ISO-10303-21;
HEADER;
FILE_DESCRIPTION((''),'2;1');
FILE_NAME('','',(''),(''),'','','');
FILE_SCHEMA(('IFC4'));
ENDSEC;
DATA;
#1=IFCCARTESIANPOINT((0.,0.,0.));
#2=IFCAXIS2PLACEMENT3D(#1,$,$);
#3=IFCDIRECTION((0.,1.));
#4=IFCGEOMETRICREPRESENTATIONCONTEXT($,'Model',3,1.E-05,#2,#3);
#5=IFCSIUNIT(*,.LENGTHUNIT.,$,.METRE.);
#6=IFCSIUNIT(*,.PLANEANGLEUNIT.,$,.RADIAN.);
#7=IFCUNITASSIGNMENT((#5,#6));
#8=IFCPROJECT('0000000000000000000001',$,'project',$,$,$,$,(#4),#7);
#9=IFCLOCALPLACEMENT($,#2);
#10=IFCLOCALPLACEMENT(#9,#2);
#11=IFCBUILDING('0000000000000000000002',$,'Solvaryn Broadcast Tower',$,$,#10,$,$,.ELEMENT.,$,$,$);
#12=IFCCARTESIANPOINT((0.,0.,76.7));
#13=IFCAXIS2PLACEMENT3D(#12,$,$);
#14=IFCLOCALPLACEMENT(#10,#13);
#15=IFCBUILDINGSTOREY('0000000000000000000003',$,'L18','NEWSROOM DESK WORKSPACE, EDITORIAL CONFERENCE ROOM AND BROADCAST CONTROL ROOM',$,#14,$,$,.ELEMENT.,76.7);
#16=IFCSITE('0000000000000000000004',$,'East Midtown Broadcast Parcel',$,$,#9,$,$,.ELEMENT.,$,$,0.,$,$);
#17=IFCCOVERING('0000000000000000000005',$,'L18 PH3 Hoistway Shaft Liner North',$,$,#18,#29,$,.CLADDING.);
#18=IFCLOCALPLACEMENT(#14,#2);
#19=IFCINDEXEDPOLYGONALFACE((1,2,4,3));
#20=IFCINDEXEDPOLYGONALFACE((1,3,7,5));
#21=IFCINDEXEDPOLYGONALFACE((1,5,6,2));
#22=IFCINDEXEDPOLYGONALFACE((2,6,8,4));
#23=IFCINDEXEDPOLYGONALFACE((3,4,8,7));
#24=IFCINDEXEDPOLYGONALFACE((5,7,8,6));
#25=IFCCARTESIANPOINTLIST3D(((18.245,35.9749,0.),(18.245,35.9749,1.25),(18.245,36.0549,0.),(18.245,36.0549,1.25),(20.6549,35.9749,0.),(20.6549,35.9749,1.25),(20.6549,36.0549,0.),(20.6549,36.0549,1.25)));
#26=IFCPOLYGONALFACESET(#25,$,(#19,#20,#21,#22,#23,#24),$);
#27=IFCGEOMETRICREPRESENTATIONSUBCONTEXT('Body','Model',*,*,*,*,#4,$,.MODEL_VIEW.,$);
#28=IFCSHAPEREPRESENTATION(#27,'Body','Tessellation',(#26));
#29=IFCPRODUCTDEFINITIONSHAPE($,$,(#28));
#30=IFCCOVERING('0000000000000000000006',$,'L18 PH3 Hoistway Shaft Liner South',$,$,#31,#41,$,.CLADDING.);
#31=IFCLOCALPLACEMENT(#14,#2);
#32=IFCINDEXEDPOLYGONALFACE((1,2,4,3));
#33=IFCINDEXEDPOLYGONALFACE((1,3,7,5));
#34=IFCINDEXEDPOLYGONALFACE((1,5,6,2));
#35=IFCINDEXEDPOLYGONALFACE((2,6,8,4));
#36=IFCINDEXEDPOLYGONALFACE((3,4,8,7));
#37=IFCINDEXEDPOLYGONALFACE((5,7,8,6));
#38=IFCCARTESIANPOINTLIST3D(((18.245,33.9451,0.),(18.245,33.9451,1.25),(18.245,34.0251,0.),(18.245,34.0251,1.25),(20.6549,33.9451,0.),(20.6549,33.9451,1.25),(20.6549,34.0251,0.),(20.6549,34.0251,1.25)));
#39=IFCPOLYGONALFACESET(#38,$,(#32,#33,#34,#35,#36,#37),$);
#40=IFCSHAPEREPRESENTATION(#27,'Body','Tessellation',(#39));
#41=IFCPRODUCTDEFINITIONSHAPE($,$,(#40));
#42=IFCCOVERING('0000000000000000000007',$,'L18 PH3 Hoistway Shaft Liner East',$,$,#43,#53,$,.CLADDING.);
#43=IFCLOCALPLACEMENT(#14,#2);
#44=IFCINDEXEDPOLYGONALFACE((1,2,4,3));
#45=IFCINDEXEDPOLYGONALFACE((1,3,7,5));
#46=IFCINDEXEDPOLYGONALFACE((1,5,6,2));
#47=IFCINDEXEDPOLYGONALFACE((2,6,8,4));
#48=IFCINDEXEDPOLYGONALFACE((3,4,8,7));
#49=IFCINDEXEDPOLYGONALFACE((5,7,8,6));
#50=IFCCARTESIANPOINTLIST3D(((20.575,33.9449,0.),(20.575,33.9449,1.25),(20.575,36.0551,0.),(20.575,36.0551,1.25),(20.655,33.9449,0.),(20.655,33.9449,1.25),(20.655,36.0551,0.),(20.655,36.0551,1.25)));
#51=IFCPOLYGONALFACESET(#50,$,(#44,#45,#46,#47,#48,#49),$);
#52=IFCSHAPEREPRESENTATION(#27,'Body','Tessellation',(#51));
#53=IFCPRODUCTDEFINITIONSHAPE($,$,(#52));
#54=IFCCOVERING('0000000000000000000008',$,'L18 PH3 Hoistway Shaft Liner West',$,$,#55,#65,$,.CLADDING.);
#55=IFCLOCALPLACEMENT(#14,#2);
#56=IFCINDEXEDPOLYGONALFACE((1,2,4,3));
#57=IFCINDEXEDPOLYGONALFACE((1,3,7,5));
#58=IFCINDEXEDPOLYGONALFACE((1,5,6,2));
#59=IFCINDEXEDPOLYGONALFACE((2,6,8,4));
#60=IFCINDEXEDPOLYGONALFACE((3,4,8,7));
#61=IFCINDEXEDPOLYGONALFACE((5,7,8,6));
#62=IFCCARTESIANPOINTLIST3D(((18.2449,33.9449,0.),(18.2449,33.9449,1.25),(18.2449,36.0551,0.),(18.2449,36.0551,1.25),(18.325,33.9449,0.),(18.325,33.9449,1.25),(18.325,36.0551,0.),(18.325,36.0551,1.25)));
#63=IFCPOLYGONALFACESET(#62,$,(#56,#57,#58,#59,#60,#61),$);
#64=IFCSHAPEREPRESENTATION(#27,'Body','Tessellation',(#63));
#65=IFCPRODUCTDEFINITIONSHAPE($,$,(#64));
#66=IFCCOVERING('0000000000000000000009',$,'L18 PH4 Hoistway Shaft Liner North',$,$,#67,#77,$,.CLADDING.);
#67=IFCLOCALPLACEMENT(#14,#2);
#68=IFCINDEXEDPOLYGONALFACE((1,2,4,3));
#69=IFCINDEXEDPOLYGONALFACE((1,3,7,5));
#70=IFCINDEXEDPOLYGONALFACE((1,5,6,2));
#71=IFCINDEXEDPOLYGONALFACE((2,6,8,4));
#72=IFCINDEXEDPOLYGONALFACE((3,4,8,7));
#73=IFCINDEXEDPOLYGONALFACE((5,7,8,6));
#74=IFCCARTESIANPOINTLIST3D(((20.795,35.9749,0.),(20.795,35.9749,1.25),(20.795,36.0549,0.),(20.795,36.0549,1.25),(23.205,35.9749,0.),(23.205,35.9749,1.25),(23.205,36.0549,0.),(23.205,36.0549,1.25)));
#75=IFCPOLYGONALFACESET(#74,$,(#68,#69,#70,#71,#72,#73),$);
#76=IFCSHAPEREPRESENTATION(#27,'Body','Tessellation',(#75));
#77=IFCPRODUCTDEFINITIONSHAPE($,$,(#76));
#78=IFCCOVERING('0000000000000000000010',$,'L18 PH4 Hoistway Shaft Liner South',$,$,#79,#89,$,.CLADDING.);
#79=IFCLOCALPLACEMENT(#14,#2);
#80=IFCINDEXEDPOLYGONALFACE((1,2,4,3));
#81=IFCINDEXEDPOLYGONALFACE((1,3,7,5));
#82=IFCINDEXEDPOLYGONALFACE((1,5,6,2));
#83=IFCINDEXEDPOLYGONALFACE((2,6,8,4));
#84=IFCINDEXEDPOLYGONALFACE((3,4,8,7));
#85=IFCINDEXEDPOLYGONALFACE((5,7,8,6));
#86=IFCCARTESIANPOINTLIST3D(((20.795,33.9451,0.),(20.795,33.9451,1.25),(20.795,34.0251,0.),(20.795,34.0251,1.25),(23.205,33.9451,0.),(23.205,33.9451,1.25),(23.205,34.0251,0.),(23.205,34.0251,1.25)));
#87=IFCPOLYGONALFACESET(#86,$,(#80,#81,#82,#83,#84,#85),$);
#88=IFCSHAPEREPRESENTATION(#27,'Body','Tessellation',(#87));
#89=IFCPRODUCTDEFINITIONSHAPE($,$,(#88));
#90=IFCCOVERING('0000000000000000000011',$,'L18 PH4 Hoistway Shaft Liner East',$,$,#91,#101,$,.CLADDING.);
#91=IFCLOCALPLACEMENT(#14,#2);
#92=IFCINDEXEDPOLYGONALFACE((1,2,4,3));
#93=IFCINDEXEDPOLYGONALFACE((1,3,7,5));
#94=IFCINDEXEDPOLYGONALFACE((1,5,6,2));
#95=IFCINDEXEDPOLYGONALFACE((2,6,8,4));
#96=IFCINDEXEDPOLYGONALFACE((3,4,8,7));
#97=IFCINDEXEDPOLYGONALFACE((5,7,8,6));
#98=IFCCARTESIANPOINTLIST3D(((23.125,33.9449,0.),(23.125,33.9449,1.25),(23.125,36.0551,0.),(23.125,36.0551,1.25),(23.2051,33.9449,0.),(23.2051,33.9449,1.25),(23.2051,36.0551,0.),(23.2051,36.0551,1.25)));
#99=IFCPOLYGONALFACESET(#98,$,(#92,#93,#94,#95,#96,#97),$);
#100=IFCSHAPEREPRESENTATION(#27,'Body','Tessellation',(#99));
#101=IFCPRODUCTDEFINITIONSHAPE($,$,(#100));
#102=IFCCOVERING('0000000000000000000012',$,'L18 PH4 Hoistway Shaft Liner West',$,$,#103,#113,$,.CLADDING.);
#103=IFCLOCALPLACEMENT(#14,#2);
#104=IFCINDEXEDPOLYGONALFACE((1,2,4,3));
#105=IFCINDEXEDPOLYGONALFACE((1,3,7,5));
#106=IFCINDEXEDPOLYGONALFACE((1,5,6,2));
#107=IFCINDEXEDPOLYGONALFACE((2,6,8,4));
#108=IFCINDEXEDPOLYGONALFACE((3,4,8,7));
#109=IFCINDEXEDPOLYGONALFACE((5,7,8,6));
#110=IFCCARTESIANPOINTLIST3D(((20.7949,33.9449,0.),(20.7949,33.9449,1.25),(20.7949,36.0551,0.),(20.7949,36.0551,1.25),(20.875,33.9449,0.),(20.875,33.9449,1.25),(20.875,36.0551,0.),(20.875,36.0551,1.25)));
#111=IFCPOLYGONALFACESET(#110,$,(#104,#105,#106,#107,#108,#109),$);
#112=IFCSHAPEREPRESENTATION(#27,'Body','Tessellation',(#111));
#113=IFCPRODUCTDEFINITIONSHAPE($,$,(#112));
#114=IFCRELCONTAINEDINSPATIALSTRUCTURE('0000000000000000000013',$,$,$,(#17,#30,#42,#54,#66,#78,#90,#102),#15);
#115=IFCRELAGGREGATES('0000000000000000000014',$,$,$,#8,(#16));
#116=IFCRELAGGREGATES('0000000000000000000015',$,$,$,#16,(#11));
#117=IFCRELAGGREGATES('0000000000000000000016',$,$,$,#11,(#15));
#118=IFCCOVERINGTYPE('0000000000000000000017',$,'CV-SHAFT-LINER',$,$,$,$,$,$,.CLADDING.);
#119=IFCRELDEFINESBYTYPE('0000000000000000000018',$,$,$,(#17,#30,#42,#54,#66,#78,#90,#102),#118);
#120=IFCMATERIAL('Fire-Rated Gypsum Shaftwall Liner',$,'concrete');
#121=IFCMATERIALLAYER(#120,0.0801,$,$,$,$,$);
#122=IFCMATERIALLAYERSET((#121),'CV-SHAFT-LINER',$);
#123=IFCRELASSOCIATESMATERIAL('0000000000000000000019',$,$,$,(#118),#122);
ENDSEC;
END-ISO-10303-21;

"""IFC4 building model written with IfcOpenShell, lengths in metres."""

from ifc_helpers import new_model, si_unit, direction, frame, origin, origin_2d, place, context, subcontext, project, spatial, rectangle, extrude, material, layer, layer_set, type_object, element, save


model = new_model("IFC4")

# Units and contexts
model_context = context("Model", 3, precision=1e-05, world=origin(), true_north=direction((0.0, 1.0)))
body_context = subcontext(model_context, "Body", "Model", "MODEL_VIEW")
ifc_project = project(units=[si_unit("LENGTHUNIT", "METRE"), si_unit("PLANEANGLEUNIT", "RADIAN")], contexts=[model_context])

# Site, building, storey
site_placement = place(None, origin())
site = spatial("IfcSite", under=ifc_project, at=site_placement, Name="East Midtown Broadcast Parcel", CompositionType="ELEMENT", RefElevation=0.0)
building_placement = place(site_placement, origin())
building = spatial("IfcBuilding", under=site, at=building_placement, Name="Solvaryn Broadcast Tower", CompositionType="ELEMENT")
storey_placement = place(building_placement, frame((0.0, 0.0, 76.7)))
storey = spatial("IfcBuildingStorey", under=building, at=storey_placement, Name="L18", Description="NEWSROOM DESK WORKSPACE, EDITORIAL CONFERENCE ROOM AND BROADCAST CONTROL ROOM", CompositionType="ELEMENT", Elevation=76.7)

# Coverings
ifc_material_1 = material(Name="Fire-Rated Gypsum Shaftwall Liner", Category="concrete")
ifc_layer_1 = layer(ifc_material_1, 0.0801)
ifc_layer_set_1 = layer_set([ifc_layer_1], Name="CV-SHAFT-LINER")
covering_type = type_object("IfcCoveringType", Name="CV-SHAFT-LINER", PredefinedType="CLADDING", material=ifc_layer_set_1)
for number, where, z_axis, x_axis, name in (
    (1, (19.45, 36.0149, 0.0), (0.0, 0.0, 1.0), (1.0, 0.0, 0.0), "L18 PH3 Hoistway Shaft Liner North"),
    (2, (19.45, 33.9851, 0.0), (0.0, 0.0, 1.0), (1.0, 0.0, 0.0), "L18 PH3 Hoistway Shaft Liner South"),
):
    element("IfcCovering", number, at=place(storey_placement, frame(where, z_axis=z_axis, x_axis=x_axis)), inside=storey, type_object=covering_type, Name=name, PredefinedType="CLADDING", context=body_context, shape_type="SweptSolid", body=[
        extrude(rectangle(XDim=2.4099, YDim=0.0801, at=origin_2d()), origin(), (0.0, 0.0, 1.0), 1.25),
    ])
for number, where, z_axis, x_axis, name in (
    (3, (20.615, 35.0, 0.0), (0.0, 0.0, 1.0), (1.0, 0.0, 0.0), "L18 PH3 Hoistway Shaft Liner East"),
    (4, (18.2849, 35.0, 0.0), (0.0, 0.0, 1.0), (1.0, 0.0, 0.0), "L18 PH3 Hoistway Shaft Liner West"),
):
    element("IfcCovering", number, at=place(storey_placement, frame(where, z_axis=z_axis, x_axis=x_axis)), inside=storey, type_object=covering_type, Name=name, PredefinedType="CLADDING", context=body_context, shape_type="SweptSolid", body=[
        extrude(rectangle(XDim=0.0801, YDim=2.1101, at=origin_2d()), origin(), (0.0, 0.0, 1.0), 1.25),
    ])
for number, where, z_axis, x_axis, name in (
    (5, (22.0, 36.0149, 0.0), (0.0, 0.0, 1.0), (1.0, 0.0, 0.0), "L18 PH4 Hoistway Shaft Liner North"),
    (6, (22.0, 33.9851, 0.0), (0.0, 0.0, 1.0), (1.0, 0.0, 0.0), "L18 PH4 Hoistway Shaft Liner South"),
):
    element("IfcCovering", number, at=place(storey_placement, frame(where, z_axis=z_axis, x_axis=x_axis)), inside=storey, type_object=covering_type, Name=name, PredefinedType="CLADDING", context=body_context, shape_type="SweptSolid", body=[
        extrude(rectangle(XDim=2.4099, YDim=0.0801, at=origin_2d()), origin(), (0.0, 0.0, 1.0), 1.25),
    ])
for number, where, z_axis, x_axis, name in (
    (7, (23.165, 35.0, 0.0), (0.0, 0.0, 1.0), (1.0, 0.0, 0.0), "L18 PH4 Hoistway Shaft Liner East"),
    (8, (20.835, 35.0, 0.0), (0.0, 0.0, 1.0), (1.0, 0.0, 0.0), "L18 PH4 Hoistway Shaft Liner West"),
):
    element("IfcCovering", number, at=place(storey_placement, frame(where, z_axis=z_axis, x_axis=x_axis)), inside=storey, type_object=covering_type, Name=name, PredefinedType="CLADDING", context=body_context, shape_type="SweptSolid", body=[
        extrude(rectangle(XDim=0.0801, YDim=2.1101, at=origin_2d()), origin(), (0.0, 0.0, 1.0), 1.25),
    ])

save(model, "model.ifc")
